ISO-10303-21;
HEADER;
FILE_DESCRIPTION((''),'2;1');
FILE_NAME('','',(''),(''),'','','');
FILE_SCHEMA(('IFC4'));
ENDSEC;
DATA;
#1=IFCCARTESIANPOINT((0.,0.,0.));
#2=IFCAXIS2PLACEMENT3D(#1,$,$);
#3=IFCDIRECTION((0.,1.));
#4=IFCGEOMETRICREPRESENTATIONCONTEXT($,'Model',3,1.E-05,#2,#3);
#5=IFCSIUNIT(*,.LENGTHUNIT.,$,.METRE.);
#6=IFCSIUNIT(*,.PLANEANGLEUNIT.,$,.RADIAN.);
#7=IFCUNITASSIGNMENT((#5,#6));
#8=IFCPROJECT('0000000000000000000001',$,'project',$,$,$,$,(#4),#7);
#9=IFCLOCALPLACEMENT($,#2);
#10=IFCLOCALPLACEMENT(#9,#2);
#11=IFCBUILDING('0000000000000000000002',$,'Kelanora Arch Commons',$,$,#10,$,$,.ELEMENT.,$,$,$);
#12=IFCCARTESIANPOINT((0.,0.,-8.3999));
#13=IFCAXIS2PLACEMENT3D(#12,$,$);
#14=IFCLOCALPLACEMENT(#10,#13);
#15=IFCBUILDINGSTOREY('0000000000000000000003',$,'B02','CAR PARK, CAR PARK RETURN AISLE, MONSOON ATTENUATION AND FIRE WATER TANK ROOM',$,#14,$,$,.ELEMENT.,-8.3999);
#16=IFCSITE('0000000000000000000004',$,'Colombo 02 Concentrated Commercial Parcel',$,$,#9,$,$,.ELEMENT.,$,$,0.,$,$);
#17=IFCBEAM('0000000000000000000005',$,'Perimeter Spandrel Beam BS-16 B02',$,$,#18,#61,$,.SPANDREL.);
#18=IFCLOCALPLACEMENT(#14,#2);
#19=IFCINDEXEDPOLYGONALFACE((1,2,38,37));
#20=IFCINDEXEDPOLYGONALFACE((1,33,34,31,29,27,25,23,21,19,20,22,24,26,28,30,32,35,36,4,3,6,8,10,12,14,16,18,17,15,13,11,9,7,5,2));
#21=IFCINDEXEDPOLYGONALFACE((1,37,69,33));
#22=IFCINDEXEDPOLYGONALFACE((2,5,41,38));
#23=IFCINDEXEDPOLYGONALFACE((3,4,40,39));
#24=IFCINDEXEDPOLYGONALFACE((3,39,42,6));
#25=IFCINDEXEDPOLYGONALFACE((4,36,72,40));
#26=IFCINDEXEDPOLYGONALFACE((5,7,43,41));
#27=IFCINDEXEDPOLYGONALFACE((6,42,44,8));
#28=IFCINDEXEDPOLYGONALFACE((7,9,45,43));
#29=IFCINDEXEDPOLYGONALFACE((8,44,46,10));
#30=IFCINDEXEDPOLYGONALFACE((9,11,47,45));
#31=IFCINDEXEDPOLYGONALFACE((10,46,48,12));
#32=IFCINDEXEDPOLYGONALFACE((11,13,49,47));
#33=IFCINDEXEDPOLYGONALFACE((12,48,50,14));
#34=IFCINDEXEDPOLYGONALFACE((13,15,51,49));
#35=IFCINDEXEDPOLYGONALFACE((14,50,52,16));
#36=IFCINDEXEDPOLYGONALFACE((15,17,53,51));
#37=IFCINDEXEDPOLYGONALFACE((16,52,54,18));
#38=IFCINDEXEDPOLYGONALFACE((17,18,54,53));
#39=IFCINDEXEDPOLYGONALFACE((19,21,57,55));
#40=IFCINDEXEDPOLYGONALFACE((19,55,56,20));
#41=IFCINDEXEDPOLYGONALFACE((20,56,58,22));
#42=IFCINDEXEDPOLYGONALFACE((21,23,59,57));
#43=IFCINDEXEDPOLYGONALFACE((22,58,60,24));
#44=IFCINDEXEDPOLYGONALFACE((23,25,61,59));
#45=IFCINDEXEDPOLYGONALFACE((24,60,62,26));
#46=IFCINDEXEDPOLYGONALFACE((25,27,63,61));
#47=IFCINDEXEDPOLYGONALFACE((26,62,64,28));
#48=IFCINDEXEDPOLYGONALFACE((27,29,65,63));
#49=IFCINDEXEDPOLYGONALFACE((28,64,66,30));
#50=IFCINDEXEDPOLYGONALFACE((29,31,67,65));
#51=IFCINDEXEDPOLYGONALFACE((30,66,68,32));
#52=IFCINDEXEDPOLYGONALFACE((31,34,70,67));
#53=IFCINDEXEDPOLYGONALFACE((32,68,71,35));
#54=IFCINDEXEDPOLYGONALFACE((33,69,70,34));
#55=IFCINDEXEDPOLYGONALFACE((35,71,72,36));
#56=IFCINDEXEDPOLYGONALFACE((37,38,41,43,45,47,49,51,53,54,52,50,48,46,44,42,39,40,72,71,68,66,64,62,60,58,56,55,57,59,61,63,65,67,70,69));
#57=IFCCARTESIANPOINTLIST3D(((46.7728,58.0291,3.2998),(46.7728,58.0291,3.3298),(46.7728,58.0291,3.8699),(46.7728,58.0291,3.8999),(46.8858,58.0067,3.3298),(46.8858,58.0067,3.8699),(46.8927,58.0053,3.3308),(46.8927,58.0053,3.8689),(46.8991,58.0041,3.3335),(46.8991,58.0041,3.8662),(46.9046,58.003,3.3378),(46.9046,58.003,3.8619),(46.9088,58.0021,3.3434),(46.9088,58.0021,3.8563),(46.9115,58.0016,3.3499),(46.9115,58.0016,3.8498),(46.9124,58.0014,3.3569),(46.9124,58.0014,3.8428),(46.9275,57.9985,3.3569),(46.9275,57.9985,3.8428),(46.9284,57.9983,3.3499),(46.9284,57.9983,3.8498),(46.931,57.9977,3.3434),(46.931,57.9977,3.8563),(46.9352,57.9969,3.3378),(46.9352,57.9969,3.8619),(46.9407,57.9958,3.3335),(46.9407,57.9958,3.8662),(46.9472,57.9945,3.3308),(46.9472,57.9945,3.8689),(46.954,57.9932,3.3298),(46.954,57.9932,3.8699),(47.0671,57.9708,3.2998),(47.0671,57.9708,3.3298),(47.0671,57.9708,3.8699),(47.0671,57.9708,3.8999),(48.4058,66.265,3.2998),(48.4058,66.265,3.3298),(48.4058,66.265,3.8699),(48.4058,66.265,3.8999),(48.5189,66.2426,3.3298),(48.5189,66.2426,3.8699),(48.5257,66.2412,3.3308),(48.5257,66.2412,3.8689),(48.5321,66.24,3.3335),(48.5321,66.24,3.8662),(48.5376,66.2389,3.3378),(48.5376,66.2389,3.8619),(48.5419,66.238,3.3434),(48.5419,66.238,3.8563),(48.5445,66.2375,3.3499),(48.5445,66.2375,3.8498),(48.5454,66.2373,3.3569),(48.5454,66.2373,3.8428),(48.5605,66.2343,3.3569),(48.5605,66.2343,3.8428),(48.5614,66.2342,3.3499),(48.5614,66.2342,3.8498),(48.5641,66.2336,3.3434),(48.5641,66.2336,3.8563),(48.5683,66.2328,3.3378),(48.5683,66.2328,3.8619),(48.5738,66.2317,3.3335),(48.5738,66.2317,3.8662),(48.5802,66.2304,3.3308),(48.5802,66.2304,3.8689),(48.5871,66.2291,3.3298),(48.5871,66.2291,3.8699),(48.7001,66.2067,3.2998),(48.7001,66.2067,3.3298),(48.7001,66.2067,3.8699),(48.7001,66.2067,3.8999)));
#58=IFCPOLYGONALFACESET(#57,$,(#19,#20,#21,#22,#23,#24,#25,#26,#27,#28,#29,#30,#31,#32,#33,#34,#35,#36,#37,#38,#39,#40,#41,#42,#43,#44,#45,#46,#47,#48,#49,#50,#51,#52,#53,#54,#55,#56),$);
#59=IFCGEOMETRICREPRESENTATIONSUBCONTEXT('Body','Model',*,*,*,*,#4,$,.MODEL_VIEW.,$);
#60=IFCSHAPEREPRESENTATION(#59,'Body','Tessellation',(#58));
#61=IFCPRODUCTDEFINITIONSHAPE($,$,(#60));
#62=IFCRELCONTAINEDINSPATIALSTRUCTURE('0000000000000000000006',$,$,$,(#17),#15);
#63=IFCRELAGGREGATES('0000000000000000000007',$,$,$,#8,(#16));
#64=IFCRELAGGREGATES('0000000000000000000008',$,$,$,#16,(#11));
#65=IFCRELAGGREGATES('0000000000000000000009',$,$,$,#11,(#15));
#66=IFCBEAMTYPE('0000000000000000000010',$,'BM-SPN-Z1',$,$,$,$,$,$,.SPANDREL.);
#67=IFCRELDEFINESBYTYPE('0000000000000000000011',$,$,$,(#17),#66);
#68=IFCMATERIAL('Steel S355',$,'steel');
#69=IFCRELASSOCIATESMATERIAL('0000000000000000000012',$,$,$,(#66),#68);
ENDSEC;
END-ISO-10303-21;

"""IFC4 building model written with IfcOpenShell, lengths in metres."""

from ifc_helpers import new_model, si_unit, direction, frame, origin, origin_2d, place, context, subcontext, project, spatial, i_section, extrude, material, material_profile, profile_set, type_object, element, save


model = new_model("IFC4")

# Units and contexts
model_context = context("Model", 3, precision=1e-05, world=origin(), true_north=direction((0.0, 1.0)))
body_context = subcontext(model_context, "Body", "Model", "MODEL_VIEW")
ifc_project = project(units=[si_unit("LENGTHUNIT", "METRE"), si_unit("PLANEANGLEUNIT", "RADIAN")], contexts=[model_context])

# Site, building, storey
site_placement = place(None, origin())
site = spatial("IfcSite", under=ifc_project, at=site_placement, Name="Colombo 02 Concentrated Commercial Parcel", CompositionType="ELEMENT", RefElevation=0.0)
building_placement = place(site_placement, origin())
building = spatial("IfcBuilding", under=site, at=building_placement, Name="Kelanora Arch Commons", CompositionType="ELEMENT")
storey_placement = place(building_placement, frame((0.0, 0.0, -8.3999)))
storey = spatial("IfcBuildingStorey", under=building, at=storey_placement, Name="B02", Description="CAR PARK, CAR PARK RETURN AISLE, MONSOON ATTENUATION AND FIRE WATER TANK ROOM", CompositionType="ELEMENT", Elevation=-8.3999)

# Shared definitions
ifc_material_1 = material(Name="Steel S355", Category="steel")

# Beam
ifc_material_profile_1 = material_profile(ifc_material_1, i_section(OverallWidth=0.3, OverallDepth=0.6001, WebThickness=0.0154, FlangeThickness=0.03, FilletRadius=0.0271, at=origin_2d()), Name="HEB600")
ifc_profile_set_1 = profile_set([ifc_material_profile_1], Name="Steel S355")
beam_type_1 = type_object("IfcBeamType", Name="BM-SPN-Z1", PredefinedType="SPANDREL", material=ifc_profile_set_1)
beam_1_placement = place(storey_placement, frame((48.553, 66.2358, 3.5999), z_axis=(-0.1945, -0.980903, 0.0), x_axis=(0.980903, -0.1945, 0.0)))
element("IfcBeam", 1, at=beam_1_placement, inside=storey, type_object=beam_type_1, Name="Perimeter Spandrel Beam BS-16 B02", PredefinedType="SPANDREL", context=body_context, shape_type="SweptSolid", body=[
    extrude(i_section(OverallWidth=0.3, OverallDepth=0.6001, WebThickness=0.0154, FlangeThickness=0.03, FilletRadius=0.0271, at=origin_2d()), origin(), (0.0, 0.0, 1.0), 8.3962),
])

save(model, "model.ifc")
